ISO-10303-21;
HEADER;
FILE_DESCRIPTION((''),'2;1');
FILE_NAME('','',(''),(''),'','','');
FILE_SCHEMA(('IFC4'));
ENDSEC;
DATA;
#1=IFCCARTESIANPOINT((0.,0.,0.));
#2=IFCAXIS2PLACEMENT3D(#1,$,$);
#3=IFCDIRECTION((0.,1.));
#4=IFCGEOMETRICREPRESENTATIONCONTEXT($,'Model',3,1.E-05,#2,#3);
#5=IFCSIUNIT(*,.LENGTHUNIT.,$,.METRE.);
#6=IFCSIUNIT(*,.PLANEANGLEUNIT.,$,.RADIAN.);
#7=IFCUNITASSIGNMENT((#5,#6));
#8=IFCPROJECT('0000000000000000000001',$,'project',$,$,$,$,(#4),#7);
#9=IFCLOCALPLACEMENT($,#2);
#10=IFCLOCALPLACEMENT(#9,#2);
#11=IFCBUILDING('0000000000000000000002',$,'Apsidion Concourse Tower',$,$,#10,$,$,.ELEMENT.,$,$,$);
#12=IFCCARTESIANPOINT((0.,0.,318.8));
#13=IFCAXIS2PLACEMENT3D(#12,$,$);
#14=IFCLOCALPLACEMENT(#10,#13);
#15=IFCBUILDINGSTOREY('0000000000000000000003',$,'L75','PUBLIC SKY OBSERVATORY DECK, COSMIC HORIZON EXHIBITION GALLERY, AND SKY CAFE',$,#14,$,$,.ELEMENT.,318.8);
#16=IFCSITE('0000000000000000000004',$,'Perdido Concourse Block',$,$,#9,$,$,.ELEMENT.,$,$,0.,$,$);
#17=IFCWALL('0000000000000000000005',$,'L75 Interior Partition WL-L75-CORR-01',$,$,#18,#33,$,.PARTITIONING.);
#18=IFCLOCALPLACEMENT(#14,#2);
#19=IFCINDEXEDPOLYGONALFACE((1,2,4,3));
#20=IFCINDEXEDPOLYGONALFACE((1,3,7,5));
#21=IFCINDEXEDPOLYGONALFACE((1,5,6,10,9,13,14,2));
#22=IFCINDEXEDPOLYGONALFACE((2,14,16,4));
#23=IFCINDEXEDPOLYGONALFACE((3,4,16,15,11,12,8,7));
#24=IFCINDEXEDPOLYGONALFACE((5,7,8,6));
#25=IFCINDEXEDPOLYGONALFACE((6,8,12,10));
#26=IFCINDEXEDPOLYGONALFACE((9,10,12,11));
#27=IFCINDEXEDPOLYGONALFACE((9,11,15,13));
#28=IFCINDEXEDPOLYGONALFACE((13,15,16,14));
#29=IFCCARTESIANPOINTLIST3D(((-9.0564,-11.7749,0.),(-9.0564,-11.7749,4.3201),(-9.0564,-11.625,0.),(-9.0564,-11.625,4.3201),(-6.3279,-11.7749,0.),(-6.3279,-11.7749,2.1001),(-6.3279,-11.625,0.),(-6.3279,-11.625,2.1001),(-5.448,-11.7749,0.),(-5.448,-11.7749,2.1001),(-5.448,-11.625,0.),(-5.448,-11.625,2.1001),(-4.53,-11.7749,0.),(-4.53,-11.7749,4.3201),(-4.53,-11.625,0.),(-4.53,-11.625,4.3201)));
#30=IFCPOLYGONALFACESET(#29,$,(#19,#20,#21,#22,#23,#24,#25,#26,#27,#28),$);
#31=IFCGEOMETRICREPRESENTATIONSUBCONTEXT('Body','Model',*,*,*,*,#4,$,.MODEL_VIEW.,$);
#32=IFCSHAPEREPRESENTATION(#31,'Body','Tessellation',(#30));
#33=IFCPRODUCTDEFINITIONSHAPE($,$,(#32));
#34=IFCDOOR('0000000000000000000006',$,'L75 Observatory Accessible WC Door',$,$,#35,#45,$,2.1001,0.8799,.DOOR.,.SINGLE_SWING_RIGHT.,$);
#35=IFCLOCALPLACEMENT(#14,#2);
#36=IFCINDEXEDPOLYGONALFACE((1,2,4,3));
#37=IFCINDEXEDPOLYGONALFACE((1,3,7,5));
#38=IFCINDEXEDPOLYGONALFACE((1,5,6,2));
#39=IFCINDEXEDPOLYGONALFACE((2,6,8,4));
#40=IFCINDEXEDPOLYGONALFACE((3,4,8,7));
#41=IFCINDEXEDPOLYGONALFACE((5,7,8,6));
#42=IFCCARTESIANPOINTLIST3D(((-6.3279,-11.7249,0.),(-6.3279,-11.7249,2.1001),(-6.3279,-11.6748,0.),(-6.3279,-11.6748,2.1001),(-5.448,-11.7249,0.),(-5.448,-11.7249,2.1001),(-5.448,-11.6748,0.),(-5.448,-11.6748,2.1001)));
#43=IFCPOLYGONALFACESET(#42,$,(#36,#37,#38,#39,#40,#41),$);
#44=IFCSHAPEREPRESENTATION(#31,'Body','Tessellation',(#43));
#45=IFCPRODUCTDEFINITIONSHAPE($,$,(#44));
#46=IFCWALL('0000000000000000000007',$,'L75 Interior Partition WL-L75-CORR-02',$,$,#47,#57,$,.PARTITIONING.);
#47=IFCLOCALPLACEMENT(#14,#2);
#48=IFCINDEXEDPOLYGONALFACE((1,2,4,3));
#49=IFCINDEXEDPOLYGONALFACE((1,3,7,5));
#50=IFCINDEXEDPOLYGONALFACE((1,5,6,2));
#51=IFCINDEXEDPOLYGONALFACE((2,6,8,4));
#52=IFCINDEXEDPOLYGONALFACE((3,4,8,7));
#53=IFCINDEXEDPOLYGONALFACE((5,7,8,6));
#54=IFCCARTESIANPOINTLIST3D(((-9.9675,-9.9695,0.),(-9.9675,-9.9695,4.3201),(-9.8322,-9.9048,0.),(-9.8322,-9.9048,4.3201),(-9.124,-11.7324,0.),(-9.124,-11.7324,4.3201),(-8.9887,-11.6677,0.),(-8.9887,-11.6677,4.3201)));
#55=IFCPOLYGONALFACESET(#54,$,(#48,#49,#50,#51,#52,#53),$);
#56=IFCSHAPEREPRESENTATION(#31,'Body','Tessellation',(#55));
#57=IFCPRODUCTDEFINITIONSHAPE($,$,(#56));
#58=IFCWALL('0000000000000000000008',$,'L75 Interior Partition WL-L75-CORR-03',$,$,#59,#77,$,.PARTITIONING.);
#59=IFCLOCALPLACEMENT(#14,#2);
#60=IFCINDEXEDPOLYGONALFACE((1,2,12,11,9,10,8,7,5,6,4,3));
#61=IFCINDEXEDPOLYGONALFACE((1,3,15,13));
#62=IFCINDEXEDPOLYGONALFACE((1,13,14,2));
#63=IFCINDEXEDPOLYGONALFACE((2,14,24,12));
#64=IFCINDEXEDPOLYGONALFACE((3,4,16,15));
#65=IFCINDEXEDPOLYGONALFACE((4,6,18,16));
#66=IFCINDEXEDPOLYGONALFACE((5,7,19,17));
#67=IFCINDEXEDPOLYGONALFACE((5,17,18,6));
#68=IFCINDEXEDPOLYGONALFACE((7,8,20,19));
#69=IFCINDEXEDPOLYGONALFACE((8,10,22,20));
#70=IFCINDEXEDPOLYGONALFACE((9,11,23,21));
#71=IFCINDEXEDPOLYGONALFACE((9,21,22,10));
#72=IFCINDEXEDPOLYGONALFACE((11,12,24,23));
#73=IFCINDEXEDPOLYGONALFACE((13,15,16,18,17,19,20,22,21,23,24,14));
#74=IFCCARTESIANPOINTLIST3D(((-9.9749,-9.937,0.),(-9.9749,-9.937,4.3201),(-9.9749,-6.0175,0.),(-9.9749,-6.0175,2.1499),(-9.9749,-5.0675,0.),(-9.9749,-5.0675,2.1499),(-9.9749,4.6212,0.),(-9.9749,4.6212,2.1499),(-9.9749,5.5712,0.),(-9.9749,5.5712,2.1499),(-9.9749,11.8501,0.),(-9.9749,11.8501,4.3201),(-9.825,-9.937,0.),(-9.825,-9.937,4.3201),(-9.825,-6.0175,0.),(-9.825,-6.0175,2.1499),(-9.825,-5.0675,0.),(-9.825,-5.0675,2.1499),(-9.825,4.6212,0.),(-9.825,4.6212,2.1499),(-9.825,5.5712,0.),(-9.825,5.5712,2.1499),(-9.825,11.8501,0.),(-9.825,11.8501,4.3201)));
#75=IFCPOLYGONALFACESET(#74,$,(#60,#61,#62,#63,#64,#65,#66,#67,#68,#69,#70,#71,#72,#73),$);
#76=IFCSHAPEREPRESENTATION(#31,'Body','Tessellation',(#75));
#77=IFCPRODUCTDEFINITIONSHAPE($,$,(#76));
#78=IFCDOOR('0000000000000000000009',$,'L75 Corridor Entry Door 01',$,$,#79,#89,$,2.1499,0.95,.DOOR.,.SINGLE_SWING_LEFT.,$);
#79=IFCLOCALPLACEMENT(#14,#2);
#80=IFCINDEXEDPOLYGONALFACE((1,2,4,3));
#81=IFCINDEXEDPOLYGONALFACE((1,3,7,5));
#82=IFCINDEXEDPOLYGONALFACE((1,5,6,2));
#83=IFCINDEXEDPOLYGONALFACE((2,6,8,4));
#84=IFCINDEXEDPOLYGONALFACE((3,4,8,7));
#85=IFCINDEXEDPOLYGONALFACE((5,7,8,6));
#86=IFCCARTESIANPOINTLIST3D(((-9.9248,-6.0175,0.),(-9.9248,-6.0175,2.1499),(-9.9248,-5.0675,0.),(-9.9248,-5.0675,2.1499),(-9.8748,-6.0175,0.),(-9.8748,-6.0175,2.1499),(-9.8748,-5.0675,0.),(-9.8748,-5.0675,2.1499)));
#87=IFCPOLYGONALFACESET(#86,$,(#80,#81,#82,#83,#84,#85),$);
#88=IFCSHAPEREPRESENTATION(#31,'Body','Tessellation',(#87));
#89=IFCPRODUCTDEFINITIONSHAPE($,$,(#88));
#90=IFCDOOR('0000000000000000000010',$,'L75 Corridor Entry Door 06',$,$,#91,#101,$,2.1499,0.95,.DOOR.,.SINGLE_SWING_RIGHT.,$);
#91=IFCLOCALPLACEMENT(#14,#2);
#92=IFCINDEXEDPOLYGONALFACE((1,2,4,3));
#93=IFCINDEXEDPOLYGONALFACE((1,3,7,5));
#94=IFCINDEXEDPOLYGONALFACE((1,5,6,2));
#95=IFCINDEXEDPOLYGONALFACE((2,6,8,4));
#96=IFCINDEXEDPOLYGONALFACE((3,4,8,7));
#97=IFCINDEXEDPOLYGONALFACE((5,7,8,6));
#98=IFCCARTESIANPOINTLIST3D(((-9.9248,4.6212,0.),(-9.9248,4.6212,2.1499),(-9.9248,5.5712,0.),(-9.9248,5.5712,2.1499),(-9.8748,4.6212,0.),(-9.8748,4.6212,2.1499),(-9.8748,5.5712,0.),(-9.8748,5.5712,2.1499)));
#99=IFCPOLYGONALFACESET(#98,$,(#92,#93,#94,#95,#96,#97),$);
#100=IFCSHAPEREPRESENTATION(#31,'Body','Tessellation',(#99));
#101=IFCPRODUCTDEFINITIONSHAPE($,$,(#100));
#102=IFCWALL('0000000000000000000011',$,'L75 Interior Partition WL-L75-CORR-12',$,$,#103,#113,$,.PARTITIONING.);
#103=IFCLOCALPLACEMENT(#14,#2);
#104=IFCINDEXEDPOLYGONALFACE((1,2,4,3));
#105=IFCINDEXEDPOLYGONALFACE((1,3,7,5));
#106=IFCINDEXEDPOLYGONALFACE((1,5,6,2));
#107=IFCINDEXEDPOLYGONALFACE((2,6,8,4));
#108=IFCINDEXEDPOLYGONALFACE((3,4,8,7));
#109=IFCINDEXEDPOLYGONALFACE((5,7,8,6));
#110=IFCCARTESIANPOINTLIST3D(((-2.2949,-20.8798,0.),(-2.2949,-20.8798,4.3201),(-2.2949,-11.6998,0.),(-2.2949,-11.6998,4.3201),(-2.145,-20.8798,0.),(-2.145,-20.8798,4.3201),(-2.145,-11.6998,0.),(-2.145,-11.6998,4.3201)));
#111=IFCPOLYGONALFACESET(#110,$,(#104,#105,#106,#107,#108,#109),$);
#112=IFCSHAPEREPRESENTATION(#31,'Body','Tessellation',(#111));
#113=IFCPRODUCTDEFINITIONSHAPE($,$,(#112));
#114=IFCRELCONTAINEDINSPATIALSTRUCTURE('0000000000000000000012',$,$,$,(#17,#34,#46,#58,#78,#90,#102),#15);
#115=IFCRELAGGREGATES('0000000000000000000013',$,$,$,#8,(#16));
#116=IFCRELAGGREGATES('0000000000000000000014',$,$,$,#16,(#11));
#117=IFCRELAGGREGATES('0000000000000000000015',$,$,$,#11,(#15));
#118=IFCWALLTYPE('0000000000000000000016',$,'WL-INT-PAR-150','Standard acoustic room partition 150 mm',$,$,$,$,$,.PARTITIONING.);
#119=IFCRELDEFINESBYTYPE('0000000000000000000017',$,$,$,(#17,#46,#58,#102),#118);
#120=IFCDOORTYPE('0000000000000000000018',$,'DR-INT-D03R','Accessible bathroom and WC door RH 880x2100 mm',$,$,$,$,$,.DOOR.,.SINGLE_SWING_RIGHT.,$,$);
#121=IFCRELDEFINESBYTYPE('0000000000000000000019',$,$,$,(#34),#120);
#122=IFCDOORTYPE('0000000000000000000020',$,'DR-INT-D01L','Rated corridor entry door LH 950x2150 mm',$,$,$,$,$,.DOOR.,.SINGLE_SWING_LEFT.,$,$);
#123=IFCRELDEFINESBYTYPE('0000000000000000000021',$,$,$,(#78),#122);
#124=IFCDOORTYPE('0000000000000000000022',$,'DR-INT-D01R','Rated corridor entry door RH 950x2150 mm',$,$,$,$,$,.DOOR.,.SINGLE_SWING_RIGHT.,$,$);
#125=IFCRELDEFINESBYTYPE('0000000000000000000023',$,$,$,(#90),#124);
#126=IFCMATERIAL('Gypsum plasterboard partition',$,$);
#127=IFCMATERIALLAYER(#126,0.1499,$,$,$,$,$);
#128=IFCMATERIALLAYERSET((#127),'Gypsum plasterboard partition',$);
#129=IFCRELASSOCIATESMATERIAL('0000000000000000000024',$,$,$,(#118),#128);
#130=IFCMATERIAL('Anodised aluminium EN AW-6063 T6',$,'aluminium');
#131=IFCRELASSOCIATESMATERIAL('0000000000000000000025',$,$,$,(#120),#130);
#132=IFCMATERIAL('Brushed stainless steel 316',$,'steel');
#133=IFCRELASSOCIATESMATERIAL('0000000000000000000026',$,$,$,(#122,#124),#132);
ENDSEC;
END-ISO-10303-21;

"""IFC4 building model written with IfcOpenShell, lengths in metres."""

from ifc_helpers import new_model, si_unit, direction, frame, frame_2d, origin, place, context, subcontext, project, spatial, rectangle, extrude, material, layer, layer_set, type_object, element, fill, save


model = new_model("IFC4")

# Units and contexts
model_context = context("Model", 3, precision=1e-05, world=origin(), true_north=direction((0.0, 1.0)))
body_context = subcontext(model_context, "Body", "Model", "MODEL_VIEW")
ifc_project = project(units=[si_unit("LENGTHUNIT", "METRE"), si_unit("PLANEANGLEUNIT", "RADIAN")], contexts=[model_context])

# Site, building, storey
site_placement = place(None, origin())
site = spatial("IfcSite", under=ifc_project, at=site_placement, Name="Perdido Concourse Block", CompositionType="ELEMENT", RefElevation=0.0)
building_placement = place(site_placement, origin())
building = spatial("IfcBuilding", under=site, at=building_placement, Name="Apsidion Concourse Tower", CompositionType="ELEMENT")
storey_placement = place(building_placement, frame((0.0, 0.0, 318.8)))
storey = spatial("IfcBuildingStorey", under=building, at=storey_placement, Name="L75", Description="PUBLIC SKY OBSERVATORY DECK, COSMIC HORIZON EXHIBITION GALLERY, AND SKY CAFE", CompositionType="ELEMENT", Elevation=318.8)

# Shared definitions
ifc_material_1 = material(Name="Anodised aluminium EN AW-6063 T6", Category="aluminium")

# Shared definitions
ifc_material_2 = material(Name="Gypsum plasterboard partition")

# Wall, opening, door
ifc_layer_1 = layer(ifc_material_2, 0.1499)
ifc_layer_set_1 = layer_set([ifc_layer_1], Name="Gypsum plasterboard partition")
wall_type_1 = type_object("IfcWallType", Name="WL-INT-PAR-150", Description="Standard acoustic room partition 150 mm", PredefinedType="PARTITIONING", material=ifc_layer_set_1)
wall_1_placement = place(storey_placement, frame((-4.53, -11.7, 0.0), z_axis=(0.0, 0.0, 1.0), x_axis=(-1.0, 0.0, 0.0)))
wall_1 = element("IfcWall", 1, at=wall_1_placement, inside=storey, type_object=wall_type_1, Name="L75 Interior Partition WL-L75-CORR-01", PredefinedType="PARTITIONING", context=body_context, shape_type="SweptSolid", body=[
    extrude(rectangle(XDim=4.5264, YDim=0.1499, at=frame_2d((2.2632, 0.0))), origin(), (0.0, 0.0, 1.0), 4.3201),
])
opening_1_placement = place(wall_1_placement, frame((0.918, 0.0, 0.0)))
opening_1 = element("IfcOpeningElement", 2, at=opening_1_placement, cuts=wall_1, PredefinedType="OPENING", context=body_context, shape_type="SweptSolid", body=[
    extrude(rectangle(XDim=0.8799, YDim=2.1001, at=frame_2d((0.4399, 1.05))), frame((0.0, 0.085, 0.0), z_axis=(0.0, -1.0, 0.0), x_axis=(1.0, 0.0, 0.0)), (0.0, 0.0, 1.0), 0.1699),
])
door_type_1 = type_object("IfcDoorType", Name="DR-INT-D03R", Description="Accessible bathroom and WC door RH 880x2100 mm", OperationType="SINGLE_SWING_RIGHT", PredefinedType="DOOR", material=ifc_material_1)
door_1_placement = place(opening_1_placement, origin())
door_1 = element("IfcDoor", 3, at=door_1_placement, inside=storey, type_object=door_type_1, Name="L75 Observatory Accessible WC Door", OperationType="SINGLE_SWING_RIGHT", OverallHeight=2.1001, OverallWidth=0.8799, PredefinedType="DOOR", context=body_context, shape_type="SweptSolid", body=[
    extrude(rectangle(XDim=0.8799, YDim=2.1001, at=frame_2d((0.4399, 1.05))), frame((0.0, 0.0249, 0.0), z_axis=(0.0, -1.0, 0.0), x_axis=(1.0, 0.0, 0.0)), (0.0, 0.0, 1.0), 0.05),
])
fill(opening_1, door_1)

# Wall
wall_2_placement = place(storey_placement, frame((-9.0564, -11.7, 0.0), z_axis=(0.0, 0.0, 1.0), x_axis=(-0.431606, 0.902062, 0.0)))
element("IfcWall", 4, at=wall_2_placement, inside=storey, type_object=wall_type_1, Name="L75 Interior Partition WL-L75-CORR-02", PredefinedType="PARTITIONING", context=body_context, shape_type="SweptSolid", body=[
    extrude(rectangle(XDim=1.9543, YDim=0.1499, at=frame_2d((0.9771, 0.0))), origin(), (0.0, 0.0, 1.0), 4.3201),
])

# Wall, openings, doors
wall_3_placement = place(storey_placement, frame((-9.8999, -9.937, 0.0), z_axis=(0.0, 0.0, 1.0), x_axis=(0.0, 1.0, 0.0)))
wall_3 = element("IfcWall", 5, at=wall_3_placement, inside=storey, type_object=wall_type_1, Name="L75 Interior Partition WL-L75-CORR-03", PredefinedType="PARTITIONING", context=body_context, shape_type="SweptSolid", body=[
    extrude(rectangle(XDim=21.7871, YDim=0.1499, at=frame_2d((10.8936, 0.0))), origin(), (0.0, 0.0, 1.0), 4.3201),
])
opening_2_placement = place(wall_3_placement, frame((3.9194, 0.0, 0.0)))
opening_2 = element("IfcOpeningElement", 6, at=opening_2_placement, cuts=wall_3, PredefinedType="OPENING", context=body_context, shape_type="SweptSolid", body=[
    extrude(rectangle(XDim=0.95, YDim=2.1499, at=frame_2d((0.4751, 1.075))), frame((0.0, 0.085, 0.0), z_axis=(0.0, -1.0, 0.0), x_axis=(1.0, 0.0, 0.0)), (0.0, 0.0, 1.0), 0.1699),
])
opening_3_placement = place(wall_3_placement, frame((14.5581, 0.0, 0.0)))
opening_3 = element("IfcOpeningElement", 7, at=opening_3_placement, cuts=wall_3, PredefinedType="OPENING", context=body_context, shape_type="SweptSolid", body=[
    extrude(rectangle(XDim=0.95, YDim=2.1499, at=frame_2d((0.4751, 1.075))), frame((0.0, 0.085, 0.0), z_axis=(0.0, -1.0, 0.0), x_axis=(1.0, 0.0, 0.0)), (0.0, 0.0, 1.0), 0.1699),
])
ifc_material_3 = material(Name="Brushed stainless steel 316", Category="steel")
door_type_2 = type_object("IfcDoorType", Name="DR-INT-D01L", Description="Rated corridor entry door LH 950x2150 mm", OperationType="SINGLE_SWING_LEFT", PredefinedType="DOOR", material=ifc_material_3)
door_2_placement = place(opening_2_placement, origin())
door_2 = element("IfcDoor", 8, at=door_2_placement, inside=storey, type_object=door_type_2, Name="L75 Corridor Entry Door 01", OperationType="SINGLE_SWING_LEFT", OverallHeight=2.1499, OverallWidth=0.95, PredefinedType="DOOR", context=body_context, shape_type="SweptSolid", body=[
    extrude(rectangle(XDim=0.95, YDim=2.1499, at=frame_2d((0.4751, 1.075))), frame((0.0, 0.0249, 0.0), z_axis=(0.0, -1.0, 0.0), x_axis=(1.0, 0.0, 0.0)), (0.0, 0.0, 1.0), 0.05),
])
fill(opening_2, door_2)
door_type_3 = type_object("IfcDoorType", Name="DR-INT-D01R", Description="Rated corridor entry door RH 950x2150 mm", OperationType="SINGLE_SWING_RIGHT", PredefinedType="DOOR", material=ifc_material_3)
door_3_placement = place(opening_3_placement, origin())
door_3 = element("IfcDoor", 9, at=door_3_placement, inside=storey, type_object=door_type_3, Name="L75 Corridor Entry Door 06", OperationType="SINGLE_SWING_RIGHT", OverallHeight=2.1499, OverallWidth=0.95, PredefinedType="DOOR", context=body_context, shape_type="SweptSolid", body=[
    extrude(rectangle(XDim=0.95, YDim=2.1499, at=frame_2d((0.4751, 1.075))), frame((0.0, 0.0249, 0.0), z_axis=(0.0, -1.0, 0.0), x_axis=(1.0, 0.0, 0.0)), (0.0, 0.0, 1.0), 0.05),
])
fill(opening_3, door_3)

# Wall
wall_4_placement = place(storey_placement, frame((-2.22, -11.7, 0.0), z_axis=(0.0, 0.0, 1.0), x_axis=(0.0, -1.0, 0.0)))
element("IfcWall", 10, at=wall_4_placement, inside=storey, type_object=wall_type_1, Name="L75 Interior Partition WL-L75-CORR-12", PredefinedType="PARTITIONING", context=body_context, shape_type="SweptSolid", body=[
    extrude(rectangle(XDim=9.1799, YDim=0.1499, at=frame_2d((4.5898, 0.0))), origin(), (0.0, 0.0, 1.0), 4.3201),
])

save(model, "model.ifc")
